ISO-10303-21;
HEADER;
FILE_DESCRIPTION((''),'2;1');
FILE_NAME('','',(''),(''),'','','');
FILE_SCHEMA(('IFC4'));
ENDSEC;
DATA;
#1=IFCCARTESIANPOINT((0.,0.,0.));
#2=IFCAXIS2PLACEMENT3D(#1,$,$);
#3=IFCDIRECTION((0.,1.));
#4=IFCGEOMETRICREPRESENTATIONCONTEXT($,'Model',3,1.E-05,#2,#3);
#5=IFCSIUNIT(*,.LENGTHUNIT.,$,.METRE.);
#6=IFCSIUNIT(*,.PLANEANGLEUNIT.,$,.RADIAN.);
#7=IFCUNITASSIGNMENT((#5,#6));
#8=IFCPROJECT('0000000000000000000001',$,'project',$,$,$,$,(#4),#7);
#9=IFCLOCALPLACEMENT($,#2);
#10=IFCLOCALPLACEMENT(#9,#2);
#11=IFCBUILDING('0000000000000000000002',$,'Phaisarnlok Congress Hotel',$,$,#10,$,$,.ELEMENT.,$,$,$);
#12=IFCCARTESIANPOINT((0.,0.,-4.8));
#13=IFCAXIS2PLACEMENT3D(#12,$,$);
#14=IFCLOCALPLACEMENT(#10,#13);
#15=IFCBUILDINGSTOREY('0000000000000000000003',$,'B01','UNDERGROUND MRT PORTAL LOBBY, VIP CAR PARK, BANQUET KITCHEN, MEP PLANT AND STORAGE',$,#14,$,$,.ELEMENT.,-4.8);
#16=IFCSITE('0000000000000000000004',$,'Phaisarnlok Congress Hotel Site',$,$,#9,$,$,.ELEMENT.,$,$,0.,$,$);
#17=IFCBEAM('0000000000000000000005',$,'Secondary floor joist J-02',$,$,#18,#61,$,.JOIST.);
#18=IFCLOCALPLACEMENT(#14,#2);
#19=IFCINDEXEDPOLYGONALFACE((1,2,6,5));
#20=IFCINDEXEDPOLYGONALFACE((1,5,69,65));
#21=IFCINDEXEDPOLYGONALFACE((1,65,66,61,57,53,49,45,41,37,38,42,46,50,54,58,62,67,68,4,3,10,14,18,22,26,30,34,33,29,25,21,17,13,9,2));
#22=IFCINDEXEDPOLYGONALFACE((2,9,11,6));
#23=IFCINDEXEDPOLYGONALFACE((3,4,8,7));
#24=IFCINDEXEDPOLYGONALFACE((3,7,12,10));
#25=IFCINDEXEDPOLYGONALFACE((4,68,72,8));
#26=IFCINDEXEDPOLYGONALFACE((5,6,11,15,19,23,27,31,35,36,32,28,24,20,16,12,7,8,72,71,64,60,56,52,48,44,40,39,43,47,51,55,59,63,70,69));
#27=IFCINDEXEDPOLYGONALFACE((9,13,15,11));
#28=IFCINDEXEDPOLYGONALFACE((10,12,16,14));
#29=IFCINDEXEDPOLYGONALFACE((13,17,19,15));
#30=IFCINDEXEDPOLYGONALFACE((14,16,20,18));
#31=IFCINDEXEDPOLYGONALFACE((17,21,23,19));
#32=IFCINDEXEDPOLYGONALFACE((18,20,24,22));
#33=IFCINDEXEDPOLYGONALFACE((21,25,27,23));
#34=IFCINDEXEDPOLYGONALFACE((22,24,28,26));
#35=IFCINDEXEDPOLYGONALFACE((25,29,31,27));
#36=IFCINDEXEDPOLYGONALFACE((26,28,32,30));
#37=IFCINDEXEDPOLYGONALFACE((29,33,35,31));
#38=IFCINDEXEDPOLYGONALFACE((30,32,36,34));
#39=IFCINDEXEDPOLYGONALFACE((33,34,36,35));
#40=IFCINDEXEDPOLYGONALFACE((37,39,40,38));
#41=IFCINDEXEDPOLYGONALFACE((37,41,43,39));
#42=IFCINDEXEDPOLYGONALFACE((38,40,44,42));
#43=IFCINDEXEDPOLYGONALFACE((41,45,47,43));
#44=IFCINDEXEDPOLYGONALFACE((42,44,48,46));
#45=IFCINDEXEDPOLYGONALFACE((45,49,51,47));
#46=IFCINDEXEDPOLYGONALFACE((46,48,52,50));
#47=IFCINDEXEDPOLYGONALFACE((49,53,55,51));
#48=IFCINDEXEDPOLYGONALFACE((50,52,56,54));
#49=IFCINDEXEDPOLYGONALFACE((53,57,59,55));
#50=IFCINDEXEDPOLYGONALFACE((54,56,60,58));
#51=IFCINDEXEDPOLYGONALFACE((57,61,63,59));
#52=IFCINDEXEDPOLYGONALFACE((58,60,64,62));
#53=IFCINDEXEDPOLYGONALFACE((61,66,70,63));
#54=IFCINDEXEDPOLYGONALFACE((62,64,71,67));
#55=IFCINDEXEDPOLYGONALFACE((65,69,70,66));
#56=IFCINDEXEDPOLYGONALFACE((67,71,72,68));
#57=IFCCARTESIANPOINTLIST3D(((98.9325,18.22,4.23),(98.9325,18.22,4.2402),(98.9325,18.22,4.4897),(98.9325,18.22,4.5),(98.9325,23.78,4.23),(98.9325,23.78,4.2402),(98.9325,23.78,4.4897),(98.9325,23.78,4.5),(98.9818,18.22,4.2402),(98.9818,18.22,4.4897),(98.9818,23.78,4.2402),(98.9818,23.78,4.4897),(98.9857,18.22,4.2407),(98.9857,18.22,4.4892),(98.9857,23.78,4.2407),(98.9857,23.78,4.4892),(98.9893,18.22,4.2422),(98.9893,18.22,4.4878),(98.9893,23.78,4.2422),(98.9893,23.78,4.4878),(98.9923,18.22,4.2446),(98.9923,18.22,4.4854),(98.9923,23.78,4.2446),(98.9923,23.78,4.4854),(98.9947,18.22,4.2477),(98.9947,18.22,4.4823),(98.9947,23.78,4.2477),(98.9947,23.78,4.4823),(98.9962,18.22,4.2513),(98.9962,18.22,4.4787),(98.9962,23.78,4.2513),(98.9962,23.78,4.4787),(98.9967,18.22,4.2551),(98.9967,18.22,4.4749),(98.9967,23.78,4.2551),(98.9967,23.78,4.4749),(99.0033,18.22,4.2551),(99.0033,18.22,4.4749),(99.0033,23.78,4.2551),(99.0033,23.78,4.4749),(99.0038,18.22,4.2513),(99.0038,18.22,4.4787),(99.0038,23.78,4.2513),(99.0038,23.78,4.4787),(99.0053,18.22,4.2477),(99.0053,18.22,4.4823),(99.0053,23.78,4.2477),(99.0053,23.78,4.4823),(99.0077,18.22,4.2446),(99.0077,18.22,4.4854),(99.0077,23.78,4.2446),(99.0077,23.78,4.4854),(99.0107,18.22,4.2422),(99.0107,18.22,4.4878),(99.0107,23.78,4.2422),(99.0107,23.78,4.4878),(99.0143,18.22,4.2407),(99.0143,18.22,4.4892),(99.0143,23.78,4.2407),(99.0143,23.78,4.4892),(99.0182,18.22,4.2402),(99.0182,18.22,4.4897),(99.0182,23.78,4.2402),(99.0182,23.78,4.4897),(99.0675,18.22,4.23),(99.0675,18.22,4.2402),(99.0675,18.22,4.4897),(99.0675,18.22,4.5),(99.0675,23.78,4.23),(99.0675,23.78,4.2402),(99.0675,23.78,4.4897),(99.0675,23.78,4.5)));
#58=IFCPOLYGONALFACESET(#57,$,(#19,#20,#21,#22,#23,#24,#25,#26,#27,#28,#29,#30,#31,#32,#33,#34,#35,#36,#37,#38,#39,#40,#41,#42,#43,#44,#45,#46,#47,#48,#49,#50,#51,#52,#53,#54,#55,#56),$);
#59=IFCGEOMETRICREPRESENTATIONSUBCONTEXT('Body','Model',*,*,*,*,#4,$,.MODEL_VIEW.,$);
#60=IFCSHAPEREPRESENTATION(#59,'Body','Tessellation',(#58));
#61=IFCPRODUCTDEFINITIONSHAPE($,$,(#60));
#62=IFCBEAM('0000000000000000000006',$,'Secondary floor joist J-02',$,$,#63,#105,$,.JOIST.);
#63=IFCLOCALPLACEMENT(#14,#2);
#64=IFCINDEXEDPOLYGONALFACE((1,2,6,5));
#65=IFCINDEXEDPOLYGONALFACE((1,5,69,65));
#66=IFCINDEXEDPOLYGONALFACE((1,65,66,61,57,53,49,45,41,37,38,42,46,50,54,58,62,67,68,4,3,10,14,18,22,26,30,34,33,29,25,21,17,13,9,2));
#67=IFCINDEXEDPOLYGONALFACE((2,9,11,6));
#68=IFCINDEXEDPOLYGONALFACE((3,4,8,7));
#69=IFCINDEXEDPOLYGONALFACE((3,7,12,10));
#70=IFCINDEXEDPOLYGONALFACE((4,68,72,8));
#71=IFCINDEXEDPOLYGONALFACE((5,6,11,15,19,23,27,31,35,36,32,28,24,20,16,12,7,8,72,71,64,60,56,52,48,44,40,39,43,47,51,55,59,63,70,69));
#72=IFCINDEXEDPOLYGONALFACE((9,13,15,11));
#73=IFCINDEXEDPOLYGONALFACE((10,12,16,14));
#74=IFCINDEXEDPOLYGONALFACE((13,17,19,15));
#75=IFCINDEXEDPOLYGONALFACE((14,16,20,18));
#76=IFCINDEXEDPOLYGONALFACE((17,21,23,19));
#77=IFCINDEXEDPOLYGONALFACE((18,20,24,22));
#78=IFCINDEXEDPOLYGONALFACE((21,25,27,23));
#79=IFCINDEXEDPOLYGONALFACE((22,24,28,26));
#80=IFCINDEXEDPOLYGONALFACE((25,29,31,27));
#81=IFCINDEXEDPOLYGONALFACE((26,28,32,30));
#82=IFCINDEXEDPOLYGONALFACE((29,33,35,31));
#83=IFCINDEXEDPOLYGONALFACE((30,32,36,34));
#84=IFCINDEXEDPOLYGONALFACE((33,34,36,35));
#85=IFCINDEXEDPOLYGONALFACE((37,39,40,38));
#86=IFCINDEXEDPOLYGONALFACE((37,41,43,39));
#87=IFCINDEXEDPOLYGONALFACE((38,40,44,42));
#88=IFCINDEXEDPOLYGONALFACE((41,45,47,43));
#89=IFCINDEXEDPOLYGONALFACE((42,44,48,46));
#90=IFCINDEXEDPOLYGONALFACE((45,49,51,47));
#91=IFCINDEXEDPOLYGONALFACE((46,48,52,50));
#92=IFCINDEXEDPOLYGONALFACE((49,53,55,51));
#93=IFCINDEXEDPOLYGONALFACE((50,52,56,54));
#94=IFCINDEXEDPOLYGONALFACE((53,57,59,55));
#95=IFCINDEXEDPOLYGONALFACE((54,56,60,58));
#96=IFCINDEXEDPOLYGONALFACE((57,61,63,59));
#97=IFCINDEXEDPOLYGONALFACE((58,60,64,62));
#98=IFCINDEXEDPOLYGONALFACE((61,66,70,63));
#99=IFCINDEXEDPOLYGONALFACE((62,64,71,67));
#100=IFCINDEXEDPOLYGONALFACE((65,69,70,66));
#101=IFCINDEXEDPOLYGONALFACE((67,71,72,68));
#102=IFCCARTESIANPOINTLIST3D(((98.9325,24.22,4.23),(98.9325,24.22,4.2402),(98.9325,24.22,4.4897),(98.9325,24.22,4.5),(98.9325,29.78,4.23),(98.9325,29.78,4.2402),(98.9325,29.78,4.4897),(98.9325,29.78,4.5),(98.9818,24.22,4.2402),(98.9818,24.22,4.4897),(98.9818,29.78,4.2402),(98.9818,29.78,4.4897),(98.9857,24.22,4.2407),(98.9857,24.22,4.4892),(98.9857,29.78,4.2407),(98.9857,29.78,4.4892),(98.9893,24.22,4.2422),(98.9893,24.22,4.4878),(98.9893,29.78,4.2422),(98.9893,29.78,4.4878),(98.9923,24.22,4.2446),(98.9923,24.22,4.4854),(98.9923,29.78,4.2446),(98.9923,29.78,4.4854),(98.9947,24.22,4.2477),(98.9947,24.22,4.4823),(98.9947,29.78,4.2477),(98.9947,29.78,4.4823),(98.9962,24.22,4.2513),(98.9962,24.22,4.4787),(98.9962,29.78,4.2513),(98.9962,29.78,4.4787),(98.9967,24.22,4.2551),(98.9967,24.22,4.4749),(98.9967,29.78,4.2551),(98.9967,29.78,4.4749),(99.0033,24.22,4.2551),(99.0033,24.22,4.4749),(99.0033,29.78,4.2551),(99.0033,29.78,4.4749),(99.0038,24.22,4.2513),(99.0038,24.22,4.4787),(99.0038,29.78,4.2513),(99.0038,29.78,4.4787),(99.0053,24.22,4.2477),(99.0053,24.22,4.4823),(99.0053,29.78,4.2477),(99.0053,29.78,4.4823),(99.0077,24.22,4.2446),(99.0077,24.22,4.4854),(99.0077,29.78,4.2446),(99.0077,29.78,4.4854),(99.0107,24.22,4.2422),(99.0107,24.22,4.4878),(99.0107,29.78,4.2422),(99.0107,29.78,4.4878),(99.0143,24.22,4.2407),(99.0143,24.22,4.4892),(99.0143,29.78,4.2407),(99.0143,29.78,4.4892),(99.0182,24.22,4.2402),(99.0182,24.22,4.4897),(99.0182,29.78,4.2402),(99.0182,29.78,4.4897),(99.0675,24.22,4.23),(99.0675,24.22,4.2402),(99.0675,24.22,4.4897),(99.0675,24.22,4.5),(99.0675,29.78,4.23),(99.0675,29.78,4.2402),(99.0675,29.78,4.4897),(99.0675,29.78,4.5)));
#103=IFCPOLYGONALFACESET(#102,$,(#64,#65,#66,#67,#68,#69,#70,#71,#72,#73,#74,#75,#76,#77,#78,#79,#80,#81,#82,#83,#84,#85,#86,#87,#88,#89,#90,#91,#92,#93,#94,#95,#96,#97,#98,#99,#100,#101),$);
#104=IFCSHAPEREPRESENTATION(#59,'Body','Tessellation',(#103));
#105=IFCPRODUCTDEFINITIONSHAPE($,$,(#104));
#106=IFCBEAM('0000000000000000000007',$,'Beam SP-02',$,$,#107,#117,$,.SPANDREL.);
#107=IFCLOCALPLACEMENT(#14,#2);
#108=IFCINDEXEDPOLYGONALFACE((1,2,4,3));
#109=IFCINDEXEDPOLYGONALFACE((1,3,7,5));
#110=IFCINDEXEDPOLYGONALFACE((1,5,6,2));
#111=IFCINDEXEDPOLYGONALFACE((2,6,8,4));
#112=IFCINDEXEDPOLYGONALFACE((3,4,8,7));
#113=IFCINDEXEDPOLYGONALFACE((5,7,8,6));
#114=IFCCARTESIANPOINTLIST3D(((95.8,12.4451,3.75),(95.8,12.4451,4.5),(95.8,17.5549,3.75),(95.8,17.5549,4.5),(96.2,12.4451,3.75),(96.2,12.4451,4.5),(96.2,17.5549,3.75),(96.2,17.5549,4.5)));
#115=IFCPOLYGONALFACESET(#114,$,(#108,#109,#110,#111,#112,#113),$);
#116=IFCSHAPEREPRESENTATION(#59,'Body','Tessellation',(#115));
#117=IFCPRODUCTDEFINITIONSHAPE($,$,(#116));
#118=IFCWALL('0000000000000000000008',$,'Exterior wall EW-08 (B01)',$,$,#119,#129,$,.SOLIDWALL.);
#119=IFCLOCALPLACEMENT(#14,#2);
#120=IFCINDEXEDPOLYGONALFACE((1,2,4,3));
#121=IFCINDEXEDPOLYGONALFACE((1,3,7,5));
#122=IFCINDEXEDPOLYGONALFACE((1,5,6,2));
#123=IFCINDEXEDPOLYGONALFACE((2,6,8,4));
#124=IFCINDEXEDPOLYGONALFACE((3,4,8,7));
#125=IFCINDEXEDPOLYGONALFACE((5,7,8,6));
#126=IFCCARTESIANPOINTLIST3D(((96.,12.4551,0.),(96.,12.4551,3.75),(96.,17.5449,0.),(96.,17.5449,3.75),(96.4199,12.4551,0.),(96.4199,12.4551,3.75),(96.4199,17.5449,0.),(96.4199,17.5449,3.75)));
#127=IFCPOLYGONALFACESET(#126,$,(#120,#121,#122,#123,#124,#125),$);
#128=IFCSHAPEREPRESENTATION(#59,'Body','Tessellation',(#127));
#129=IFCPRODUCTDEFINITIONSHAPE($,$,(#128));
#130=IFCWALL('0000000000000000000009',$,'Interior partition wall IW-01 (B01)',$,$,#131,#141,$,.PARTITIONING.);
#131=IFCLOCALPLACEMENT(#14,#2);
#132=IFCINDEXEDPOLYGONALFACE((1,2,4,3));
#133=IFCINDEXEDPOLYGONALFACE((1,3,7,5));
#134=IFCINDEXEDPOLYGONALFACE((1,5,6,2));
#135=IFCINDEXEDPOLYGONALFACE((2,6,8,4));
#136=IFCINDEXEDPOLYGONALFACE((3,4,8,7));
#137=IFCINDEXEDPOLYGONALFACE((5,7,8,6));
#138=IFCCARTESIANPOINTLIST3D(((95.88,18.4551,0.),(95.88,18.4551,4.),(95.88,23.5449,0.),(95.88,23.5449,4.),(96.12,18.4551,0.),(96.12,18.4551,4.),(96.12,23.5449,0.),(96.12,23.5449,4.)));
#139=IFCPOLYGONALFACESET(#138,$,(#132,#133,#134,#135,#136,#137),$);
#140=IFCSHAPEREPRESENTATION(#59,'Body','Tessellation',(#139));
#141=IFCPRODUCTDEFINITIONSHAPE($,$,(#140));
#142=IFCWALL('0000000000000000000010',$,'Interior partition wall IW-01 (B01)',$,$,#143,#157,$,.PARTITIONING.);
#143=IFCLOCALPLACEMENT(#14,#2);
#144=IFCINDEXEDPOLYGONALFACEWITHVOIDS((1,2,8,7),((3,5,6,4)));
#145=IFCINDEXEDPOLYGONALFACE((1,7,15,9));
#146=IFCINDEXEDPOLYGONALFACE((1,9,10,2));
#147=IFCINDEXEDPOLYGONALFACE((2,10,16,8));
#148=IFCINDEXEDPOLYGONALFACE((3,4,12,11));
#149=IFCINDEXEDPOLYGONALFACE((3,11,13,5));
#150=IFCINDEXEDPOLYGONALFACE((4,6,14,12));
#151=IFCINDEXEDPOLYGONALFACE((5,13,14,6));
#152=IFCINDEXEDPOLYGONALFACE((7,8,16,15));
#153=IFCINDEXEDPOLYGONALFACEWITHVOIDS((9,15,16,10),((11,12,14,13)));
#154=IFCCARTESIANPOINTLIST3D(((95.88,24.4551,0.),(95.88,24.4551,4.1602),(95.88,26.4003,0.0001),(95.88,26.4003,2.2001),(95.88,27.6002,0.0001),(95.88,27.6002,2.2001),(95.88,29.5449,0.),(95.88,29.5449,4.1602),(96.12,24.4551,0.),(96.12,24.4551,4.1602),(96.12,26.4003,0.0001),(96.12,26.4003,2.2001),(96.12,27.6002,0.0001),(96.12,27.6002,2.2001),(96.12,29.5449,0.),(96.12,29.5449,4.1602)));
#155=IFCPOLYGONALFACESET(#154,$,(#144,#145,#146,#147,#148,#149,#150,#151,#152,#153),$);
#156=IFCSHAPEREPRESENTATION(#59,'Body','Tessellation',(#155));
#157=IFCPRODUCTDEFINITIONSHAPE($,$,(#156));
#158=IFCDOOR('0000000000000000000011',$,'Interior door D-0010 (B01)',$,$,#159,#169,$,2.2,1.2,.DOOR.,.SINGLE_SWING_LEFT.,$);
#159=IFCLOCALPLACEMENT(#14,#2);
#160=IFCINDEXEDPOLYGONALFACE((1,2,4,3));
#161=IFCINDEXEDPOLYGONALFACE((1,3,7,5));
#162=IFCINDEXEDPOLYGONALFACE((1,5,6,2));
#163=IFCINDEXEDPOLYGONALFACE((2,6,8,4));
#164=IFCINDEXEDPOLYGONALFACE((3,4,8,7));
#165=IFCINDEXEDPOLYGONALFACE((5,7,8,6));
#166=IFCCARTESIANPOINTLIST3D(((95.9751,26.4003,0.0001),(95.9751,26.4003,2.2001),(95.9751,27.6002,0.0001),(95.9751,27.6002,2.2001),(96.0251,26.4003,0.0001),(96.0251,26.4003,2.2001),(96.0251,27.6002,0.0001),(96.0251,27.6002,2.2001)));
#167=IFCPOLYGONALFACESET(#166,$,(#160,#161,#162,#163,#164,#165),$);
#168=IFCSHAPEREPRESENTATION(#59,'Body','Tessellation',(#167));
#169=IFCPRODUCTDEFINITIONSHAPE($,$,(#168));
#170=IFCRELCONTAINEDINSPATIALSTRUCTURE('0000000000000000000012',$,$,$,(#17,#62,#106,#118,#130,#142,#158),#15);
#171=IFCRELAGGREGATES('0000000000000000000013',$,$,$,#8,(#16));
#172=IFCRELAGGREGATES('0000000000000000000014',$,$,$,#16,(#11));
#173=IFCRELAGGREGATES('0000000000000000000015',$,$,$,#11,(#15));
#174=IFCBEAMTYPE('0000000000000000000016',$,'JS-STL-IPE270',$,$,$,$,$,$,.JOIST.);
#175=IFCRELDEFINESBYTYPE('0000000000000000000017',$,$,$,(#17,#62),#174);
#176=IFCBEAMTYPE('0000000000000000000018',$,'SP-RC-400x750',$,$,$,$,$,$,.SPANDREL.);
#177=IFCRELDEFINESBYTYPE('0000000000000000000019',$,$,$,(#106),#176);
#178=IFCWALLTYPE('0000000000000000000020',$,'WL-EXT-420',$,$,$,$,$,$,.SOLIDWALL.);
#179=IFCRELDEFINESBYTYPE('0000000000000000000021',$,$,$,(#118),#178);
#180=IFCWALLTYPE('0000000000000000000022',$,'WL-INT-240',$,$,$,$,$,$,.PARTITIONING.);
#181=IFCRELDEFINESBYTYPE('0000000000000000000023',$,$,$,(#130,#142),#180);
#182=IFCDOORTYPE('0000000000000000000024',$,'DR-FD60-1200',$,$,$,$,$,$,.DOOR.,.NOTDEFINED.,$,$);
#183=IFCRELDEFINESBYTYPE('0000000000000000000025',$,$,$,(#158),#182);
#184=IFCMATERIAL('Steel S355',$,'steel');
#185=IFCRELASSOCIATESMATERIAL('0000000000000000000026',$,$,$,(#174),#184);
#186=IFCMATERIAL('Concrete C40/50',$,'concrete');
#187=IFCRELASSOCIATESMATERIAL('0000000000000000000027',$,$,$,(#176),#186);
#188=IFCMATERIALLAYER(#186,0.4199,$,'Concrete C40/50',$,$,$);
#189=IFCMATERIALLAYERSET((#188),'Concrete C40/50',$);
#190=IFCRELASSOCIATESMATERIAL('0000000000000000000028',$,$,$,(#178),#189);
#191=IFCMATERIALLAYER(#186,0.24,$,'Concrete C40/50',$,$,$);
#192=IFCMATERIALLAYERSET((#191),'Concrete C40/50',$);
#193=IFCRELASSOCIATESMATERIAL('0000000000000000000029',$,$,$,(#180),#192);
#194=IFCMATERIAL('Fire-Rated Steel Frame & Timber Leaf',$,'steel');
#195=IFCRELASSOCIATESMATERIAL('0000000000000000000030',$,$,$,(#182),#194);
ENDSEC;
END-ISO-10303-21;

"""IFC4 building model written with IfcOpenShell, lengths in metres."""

from ifc_helpers import new_model, si_unit, direction, frame, frame_2d, origin, origin_2d, place, context, subcontext, project, spatial, rectangle, i_section, extrude, material, layer, layer_set, material_profile, profile_set, type_object, element, fill, save


model = new_model("IFC4")

# Units and contexts
model_context = context("Model", 3, precision=1e-05, world=origin(), true_north=direction((0.0, 1.0)))
body_context = subcontext(model_context, "Body", "Model", "MODEL_VIEW")
ifc_project = project(units=[si_unit("LENGTHUNIT", "METRE"), si_unit("PLANEANGLEUNIT", "RADIAN")], contexts=[model_context])

# Site, building, storey
site_placement = place(None, origin())
site = spatial("IfcSite", under=ifc_project, at=site_placement, Name="Phaisarnlok Congress Hotel Site", CompositionType="ELEMENT", RefElevation=0.0)
building_placement = place(site_placement, origin())
building = spatial("IfcBuilding", under=site, at=building_placement, Name="Phaisarnlok Congress Hotel", CompositionType="ELEMENT")
storey_placement = place(building_placement, frame((0.0, 0.0, -4.8)))
storey = spatial("IfcBuildingStorey", under=building, at=storey_placement, Name="B01", Description="UNDERGROUND MRT PORTAL LOBBY, VIP CAR PARK, BANQUET KITCHEN, MEP PLANT AND STORAGE", CompositionType="ELEMENT", Elevation=-4.8)

# Shared definitions
ifc_material_1 = material(Name="Concrete C40/50", Category="concrete")

# Beams
ifc_material_2 = material(Name="Steel S355", Category="steel")
ifc_material_profile_1 = material_profile(ifc_material_2, i_section(OverallWidth=0.135, OverallDepth=0.27, WebThickness=0.0066, FlangeThickness=0.0103, FilletRadius=0.0149, at=origin_2d()), Name="IPE 270")
ifc_profile_set_1 = profile_set([ifc_material_profile_1], Name="Steel S355")
beam_type_1 = type_object("IfcBeamType", Name="JS-STL-IPE270", PredefinedType="JOIST", material=ifc_profile_set_1)
for number, where, z_axis, x_axis, name in (
    (1, (99.0, 18.22, 4.365), (0.0, 1.0, 0.0), (-1.0, 0.0, 0.0), "Secondary floor joist J-02"),
    (2, (99.0, 24.22, 4.365), (0.0, 1.0, 0.0), (-1.0, 0.0, 0.0), "Secondary floor joist J-02"),
):
    element("IfcBeam", number, at=place(storey_placement, frame(where, z_axis=z_axis, x_axis=x_axis)), inside=storey, type_object=beam_type_1, Name=name, PredefinedType="JOIST", context=body_context, shape_type="SweptSolid", body=[
        extrude(i_section(OverallWidth=0.135, OverallDepth=0.27, WebThickness=0.0066, FlangeThickness=0.0103, FilletRadius=0.0149, at=origin_2d()), origin(), (0.0, 0.0, 1.0), 5.5601),
    ])
ifc_material_profile_2 = material_profile(ifc_material_1, rectangle(XDim=0.3999, YDim=0.75, at=origin_2d()), Name="RC 400x750")
ifc_profile_set_2 = profile_set([ifc_material_profile_2], Name="Concrete C40/50")
beam_type_2 = type_object("IfcBeamType", Name="SP-RC-400x750", PredefinedType="SPANDREL", material=ifc_profile_set_2)
beam_1_placement = place(storey_placement, frame((96.0, 12.4451, 4.125), z_axis=(0.0, 1.0, 0.0), x_axis=(-1.0, 0.0, 0.0)))
element("IfcBeam", 3, at=beam_1_placement, inside=storey, type_object=beam_type_2, Name="Beam SP-02", PredefinedType="SPANDREL", context=body_context, shape_type="SweptSolid", body=[
    extrude(rectangle(XDim=0.3999, YDim=0.75, at=origin_2d()), origin(), (0.0, 0.0, 1.0), 5.1099),
])

# Walls
ifc_layer_1 = layer(ifc_material_1, 0.4199, Name="Concrete C40/50")
ifc_layer_set_1 = layer_set([ifc_layer_1], Name="Concrete C40/50")
wall_type_1 = type_object("IfcWallType", Name="WL-EXT-420", PredefinedType="SOLIDWALL", material=ifc_layer_set_1)
wall_1_placement = place(storey_placement, frame((96.21, 17.5449, 0.0), z_axis=(0.0, 0.0, 1.0), x_axis=(0.0, -1.0, 0.0)))
element("IfcWall", 4, at=wall_1_placement, inside=storey, type_object=wall_type_1, Name="Exterior wall EW-08 (B01)", PredefinedType="SOLIDWALL", context=body_context, shape_type="SweptSolid", body=[
    extrude(rectangle(XDim=5.0898, YDim=0.4199, at=frame_2d((2.5449, 0.0))), origin(), (0.0, 0.0, 1.0), 3.75),
])
ifc_layer_2 = layer(ifc_material_1, 0.24, Name="Concrete C40/50")
ifc_layer_set_2 = layer_set([ifc_layer_2], Name="Concrete C40/50")
wall_type_2 = type_object("IfcWallType", Name="WL-INT-240", PredefinedType="PARTITIONING", material=ifc_layer_set_2)
wall_2_placement = place(storey_placement, frame((96.0, 18.4551, 0.0), z_axis=(0.0, 0.0, 1.0), x_axis=(0.0, 1.0, 0.0)))
element("IfcWall", 5, at=wall_2_placement, inside=storey, type_object=wall_type_2, Name="Interior partition wall IW-01 (B01)", PredefinedType="PARTITIONING", context=body_context, shape_type="SweptSolid", body=[
    extrude(rectangle(XDim=5.0898, YDim=0.24, at=frame_2d((2.5449, 0.0))), origin(), (0.0, 0.0, 1.0), 4.0),
])

# Wall, opening, door
wall_3_placement = place(storey_placement, frame((96.0, 24.4551, 0.0), z_axis=(0.0, 0.0, 1.0), x_axis=(0.0, 1.0, 0.0)))
wall_3 = element("IfcWall", 6, at=wall_3_placement, inside=storey, type_object=wall_type_2, Name="Interior partition wall IW-01 (B01)", PredefinedType="PARTITIONING", context=body_context, shape_type="SweptSolid", body=[
    extrude(rectangle(XDim=5.0898, YDim=0.24, at=frame_2d((2.5449, 0.0))), origin(), (0.0, 0.0, 1.0), 4.1602),
])
opening_placement = place(wall_3_placement, frame((1.9451, 0.0, 0.0)))
opening = element("IfcOpeningElement", 7, at=opening_placement, cuts=wall_3, PredefinedType="OPENING", context=body_context, shape_type="SweptSolid", body=[
    extrude(rectangle(XDim=1.2, YDim=2.2, at=frame_2d((0.6001, 1.1001))), frame((0.0, 0.1299, 0.0), z_axis=(0.0, -1.0, 0.0), x_axis=(1.0, 0.0, 0.0)), (0.0, 0.0, 1.0), 0.26),
])
ifc_material_3 = material(Name="Fire-Rated Steel Frame & Timber Leaf", Category="steel")
door_type = type_object("IfcDoorType", Name="DR-FD60-1200", OperationType="NOTDEFINED", PredefinedType="DOOR", material=ifc_material_3)
door_placement = place(opening_placement, origin())
door = element("IfcDoor", 8, at=door_placement, inside=storey, type_object=door_type, Name="Interior door D-0010 (B01)", OperationType="SINGLE_SWING_LEFT", OverallHeight=2.2, OverallWidth=1.2, PredefinedType="DOOR", context=body_context, shape_type="SweptSolid", body=[
    extrude(rectangle(XDim=1.2, YDim=2.2, at=frame_2d((0.6001, 1.1001))), frame((0.0, 0.0249, 0.0), z_axis=(0.0, -1.0, 0.0), x_axis=(1.0, 0.0, 0.0)), (0.0, 0.0, 1.0), 0.05),
])
fill(opening, door)

save(model, "model.ifc")
